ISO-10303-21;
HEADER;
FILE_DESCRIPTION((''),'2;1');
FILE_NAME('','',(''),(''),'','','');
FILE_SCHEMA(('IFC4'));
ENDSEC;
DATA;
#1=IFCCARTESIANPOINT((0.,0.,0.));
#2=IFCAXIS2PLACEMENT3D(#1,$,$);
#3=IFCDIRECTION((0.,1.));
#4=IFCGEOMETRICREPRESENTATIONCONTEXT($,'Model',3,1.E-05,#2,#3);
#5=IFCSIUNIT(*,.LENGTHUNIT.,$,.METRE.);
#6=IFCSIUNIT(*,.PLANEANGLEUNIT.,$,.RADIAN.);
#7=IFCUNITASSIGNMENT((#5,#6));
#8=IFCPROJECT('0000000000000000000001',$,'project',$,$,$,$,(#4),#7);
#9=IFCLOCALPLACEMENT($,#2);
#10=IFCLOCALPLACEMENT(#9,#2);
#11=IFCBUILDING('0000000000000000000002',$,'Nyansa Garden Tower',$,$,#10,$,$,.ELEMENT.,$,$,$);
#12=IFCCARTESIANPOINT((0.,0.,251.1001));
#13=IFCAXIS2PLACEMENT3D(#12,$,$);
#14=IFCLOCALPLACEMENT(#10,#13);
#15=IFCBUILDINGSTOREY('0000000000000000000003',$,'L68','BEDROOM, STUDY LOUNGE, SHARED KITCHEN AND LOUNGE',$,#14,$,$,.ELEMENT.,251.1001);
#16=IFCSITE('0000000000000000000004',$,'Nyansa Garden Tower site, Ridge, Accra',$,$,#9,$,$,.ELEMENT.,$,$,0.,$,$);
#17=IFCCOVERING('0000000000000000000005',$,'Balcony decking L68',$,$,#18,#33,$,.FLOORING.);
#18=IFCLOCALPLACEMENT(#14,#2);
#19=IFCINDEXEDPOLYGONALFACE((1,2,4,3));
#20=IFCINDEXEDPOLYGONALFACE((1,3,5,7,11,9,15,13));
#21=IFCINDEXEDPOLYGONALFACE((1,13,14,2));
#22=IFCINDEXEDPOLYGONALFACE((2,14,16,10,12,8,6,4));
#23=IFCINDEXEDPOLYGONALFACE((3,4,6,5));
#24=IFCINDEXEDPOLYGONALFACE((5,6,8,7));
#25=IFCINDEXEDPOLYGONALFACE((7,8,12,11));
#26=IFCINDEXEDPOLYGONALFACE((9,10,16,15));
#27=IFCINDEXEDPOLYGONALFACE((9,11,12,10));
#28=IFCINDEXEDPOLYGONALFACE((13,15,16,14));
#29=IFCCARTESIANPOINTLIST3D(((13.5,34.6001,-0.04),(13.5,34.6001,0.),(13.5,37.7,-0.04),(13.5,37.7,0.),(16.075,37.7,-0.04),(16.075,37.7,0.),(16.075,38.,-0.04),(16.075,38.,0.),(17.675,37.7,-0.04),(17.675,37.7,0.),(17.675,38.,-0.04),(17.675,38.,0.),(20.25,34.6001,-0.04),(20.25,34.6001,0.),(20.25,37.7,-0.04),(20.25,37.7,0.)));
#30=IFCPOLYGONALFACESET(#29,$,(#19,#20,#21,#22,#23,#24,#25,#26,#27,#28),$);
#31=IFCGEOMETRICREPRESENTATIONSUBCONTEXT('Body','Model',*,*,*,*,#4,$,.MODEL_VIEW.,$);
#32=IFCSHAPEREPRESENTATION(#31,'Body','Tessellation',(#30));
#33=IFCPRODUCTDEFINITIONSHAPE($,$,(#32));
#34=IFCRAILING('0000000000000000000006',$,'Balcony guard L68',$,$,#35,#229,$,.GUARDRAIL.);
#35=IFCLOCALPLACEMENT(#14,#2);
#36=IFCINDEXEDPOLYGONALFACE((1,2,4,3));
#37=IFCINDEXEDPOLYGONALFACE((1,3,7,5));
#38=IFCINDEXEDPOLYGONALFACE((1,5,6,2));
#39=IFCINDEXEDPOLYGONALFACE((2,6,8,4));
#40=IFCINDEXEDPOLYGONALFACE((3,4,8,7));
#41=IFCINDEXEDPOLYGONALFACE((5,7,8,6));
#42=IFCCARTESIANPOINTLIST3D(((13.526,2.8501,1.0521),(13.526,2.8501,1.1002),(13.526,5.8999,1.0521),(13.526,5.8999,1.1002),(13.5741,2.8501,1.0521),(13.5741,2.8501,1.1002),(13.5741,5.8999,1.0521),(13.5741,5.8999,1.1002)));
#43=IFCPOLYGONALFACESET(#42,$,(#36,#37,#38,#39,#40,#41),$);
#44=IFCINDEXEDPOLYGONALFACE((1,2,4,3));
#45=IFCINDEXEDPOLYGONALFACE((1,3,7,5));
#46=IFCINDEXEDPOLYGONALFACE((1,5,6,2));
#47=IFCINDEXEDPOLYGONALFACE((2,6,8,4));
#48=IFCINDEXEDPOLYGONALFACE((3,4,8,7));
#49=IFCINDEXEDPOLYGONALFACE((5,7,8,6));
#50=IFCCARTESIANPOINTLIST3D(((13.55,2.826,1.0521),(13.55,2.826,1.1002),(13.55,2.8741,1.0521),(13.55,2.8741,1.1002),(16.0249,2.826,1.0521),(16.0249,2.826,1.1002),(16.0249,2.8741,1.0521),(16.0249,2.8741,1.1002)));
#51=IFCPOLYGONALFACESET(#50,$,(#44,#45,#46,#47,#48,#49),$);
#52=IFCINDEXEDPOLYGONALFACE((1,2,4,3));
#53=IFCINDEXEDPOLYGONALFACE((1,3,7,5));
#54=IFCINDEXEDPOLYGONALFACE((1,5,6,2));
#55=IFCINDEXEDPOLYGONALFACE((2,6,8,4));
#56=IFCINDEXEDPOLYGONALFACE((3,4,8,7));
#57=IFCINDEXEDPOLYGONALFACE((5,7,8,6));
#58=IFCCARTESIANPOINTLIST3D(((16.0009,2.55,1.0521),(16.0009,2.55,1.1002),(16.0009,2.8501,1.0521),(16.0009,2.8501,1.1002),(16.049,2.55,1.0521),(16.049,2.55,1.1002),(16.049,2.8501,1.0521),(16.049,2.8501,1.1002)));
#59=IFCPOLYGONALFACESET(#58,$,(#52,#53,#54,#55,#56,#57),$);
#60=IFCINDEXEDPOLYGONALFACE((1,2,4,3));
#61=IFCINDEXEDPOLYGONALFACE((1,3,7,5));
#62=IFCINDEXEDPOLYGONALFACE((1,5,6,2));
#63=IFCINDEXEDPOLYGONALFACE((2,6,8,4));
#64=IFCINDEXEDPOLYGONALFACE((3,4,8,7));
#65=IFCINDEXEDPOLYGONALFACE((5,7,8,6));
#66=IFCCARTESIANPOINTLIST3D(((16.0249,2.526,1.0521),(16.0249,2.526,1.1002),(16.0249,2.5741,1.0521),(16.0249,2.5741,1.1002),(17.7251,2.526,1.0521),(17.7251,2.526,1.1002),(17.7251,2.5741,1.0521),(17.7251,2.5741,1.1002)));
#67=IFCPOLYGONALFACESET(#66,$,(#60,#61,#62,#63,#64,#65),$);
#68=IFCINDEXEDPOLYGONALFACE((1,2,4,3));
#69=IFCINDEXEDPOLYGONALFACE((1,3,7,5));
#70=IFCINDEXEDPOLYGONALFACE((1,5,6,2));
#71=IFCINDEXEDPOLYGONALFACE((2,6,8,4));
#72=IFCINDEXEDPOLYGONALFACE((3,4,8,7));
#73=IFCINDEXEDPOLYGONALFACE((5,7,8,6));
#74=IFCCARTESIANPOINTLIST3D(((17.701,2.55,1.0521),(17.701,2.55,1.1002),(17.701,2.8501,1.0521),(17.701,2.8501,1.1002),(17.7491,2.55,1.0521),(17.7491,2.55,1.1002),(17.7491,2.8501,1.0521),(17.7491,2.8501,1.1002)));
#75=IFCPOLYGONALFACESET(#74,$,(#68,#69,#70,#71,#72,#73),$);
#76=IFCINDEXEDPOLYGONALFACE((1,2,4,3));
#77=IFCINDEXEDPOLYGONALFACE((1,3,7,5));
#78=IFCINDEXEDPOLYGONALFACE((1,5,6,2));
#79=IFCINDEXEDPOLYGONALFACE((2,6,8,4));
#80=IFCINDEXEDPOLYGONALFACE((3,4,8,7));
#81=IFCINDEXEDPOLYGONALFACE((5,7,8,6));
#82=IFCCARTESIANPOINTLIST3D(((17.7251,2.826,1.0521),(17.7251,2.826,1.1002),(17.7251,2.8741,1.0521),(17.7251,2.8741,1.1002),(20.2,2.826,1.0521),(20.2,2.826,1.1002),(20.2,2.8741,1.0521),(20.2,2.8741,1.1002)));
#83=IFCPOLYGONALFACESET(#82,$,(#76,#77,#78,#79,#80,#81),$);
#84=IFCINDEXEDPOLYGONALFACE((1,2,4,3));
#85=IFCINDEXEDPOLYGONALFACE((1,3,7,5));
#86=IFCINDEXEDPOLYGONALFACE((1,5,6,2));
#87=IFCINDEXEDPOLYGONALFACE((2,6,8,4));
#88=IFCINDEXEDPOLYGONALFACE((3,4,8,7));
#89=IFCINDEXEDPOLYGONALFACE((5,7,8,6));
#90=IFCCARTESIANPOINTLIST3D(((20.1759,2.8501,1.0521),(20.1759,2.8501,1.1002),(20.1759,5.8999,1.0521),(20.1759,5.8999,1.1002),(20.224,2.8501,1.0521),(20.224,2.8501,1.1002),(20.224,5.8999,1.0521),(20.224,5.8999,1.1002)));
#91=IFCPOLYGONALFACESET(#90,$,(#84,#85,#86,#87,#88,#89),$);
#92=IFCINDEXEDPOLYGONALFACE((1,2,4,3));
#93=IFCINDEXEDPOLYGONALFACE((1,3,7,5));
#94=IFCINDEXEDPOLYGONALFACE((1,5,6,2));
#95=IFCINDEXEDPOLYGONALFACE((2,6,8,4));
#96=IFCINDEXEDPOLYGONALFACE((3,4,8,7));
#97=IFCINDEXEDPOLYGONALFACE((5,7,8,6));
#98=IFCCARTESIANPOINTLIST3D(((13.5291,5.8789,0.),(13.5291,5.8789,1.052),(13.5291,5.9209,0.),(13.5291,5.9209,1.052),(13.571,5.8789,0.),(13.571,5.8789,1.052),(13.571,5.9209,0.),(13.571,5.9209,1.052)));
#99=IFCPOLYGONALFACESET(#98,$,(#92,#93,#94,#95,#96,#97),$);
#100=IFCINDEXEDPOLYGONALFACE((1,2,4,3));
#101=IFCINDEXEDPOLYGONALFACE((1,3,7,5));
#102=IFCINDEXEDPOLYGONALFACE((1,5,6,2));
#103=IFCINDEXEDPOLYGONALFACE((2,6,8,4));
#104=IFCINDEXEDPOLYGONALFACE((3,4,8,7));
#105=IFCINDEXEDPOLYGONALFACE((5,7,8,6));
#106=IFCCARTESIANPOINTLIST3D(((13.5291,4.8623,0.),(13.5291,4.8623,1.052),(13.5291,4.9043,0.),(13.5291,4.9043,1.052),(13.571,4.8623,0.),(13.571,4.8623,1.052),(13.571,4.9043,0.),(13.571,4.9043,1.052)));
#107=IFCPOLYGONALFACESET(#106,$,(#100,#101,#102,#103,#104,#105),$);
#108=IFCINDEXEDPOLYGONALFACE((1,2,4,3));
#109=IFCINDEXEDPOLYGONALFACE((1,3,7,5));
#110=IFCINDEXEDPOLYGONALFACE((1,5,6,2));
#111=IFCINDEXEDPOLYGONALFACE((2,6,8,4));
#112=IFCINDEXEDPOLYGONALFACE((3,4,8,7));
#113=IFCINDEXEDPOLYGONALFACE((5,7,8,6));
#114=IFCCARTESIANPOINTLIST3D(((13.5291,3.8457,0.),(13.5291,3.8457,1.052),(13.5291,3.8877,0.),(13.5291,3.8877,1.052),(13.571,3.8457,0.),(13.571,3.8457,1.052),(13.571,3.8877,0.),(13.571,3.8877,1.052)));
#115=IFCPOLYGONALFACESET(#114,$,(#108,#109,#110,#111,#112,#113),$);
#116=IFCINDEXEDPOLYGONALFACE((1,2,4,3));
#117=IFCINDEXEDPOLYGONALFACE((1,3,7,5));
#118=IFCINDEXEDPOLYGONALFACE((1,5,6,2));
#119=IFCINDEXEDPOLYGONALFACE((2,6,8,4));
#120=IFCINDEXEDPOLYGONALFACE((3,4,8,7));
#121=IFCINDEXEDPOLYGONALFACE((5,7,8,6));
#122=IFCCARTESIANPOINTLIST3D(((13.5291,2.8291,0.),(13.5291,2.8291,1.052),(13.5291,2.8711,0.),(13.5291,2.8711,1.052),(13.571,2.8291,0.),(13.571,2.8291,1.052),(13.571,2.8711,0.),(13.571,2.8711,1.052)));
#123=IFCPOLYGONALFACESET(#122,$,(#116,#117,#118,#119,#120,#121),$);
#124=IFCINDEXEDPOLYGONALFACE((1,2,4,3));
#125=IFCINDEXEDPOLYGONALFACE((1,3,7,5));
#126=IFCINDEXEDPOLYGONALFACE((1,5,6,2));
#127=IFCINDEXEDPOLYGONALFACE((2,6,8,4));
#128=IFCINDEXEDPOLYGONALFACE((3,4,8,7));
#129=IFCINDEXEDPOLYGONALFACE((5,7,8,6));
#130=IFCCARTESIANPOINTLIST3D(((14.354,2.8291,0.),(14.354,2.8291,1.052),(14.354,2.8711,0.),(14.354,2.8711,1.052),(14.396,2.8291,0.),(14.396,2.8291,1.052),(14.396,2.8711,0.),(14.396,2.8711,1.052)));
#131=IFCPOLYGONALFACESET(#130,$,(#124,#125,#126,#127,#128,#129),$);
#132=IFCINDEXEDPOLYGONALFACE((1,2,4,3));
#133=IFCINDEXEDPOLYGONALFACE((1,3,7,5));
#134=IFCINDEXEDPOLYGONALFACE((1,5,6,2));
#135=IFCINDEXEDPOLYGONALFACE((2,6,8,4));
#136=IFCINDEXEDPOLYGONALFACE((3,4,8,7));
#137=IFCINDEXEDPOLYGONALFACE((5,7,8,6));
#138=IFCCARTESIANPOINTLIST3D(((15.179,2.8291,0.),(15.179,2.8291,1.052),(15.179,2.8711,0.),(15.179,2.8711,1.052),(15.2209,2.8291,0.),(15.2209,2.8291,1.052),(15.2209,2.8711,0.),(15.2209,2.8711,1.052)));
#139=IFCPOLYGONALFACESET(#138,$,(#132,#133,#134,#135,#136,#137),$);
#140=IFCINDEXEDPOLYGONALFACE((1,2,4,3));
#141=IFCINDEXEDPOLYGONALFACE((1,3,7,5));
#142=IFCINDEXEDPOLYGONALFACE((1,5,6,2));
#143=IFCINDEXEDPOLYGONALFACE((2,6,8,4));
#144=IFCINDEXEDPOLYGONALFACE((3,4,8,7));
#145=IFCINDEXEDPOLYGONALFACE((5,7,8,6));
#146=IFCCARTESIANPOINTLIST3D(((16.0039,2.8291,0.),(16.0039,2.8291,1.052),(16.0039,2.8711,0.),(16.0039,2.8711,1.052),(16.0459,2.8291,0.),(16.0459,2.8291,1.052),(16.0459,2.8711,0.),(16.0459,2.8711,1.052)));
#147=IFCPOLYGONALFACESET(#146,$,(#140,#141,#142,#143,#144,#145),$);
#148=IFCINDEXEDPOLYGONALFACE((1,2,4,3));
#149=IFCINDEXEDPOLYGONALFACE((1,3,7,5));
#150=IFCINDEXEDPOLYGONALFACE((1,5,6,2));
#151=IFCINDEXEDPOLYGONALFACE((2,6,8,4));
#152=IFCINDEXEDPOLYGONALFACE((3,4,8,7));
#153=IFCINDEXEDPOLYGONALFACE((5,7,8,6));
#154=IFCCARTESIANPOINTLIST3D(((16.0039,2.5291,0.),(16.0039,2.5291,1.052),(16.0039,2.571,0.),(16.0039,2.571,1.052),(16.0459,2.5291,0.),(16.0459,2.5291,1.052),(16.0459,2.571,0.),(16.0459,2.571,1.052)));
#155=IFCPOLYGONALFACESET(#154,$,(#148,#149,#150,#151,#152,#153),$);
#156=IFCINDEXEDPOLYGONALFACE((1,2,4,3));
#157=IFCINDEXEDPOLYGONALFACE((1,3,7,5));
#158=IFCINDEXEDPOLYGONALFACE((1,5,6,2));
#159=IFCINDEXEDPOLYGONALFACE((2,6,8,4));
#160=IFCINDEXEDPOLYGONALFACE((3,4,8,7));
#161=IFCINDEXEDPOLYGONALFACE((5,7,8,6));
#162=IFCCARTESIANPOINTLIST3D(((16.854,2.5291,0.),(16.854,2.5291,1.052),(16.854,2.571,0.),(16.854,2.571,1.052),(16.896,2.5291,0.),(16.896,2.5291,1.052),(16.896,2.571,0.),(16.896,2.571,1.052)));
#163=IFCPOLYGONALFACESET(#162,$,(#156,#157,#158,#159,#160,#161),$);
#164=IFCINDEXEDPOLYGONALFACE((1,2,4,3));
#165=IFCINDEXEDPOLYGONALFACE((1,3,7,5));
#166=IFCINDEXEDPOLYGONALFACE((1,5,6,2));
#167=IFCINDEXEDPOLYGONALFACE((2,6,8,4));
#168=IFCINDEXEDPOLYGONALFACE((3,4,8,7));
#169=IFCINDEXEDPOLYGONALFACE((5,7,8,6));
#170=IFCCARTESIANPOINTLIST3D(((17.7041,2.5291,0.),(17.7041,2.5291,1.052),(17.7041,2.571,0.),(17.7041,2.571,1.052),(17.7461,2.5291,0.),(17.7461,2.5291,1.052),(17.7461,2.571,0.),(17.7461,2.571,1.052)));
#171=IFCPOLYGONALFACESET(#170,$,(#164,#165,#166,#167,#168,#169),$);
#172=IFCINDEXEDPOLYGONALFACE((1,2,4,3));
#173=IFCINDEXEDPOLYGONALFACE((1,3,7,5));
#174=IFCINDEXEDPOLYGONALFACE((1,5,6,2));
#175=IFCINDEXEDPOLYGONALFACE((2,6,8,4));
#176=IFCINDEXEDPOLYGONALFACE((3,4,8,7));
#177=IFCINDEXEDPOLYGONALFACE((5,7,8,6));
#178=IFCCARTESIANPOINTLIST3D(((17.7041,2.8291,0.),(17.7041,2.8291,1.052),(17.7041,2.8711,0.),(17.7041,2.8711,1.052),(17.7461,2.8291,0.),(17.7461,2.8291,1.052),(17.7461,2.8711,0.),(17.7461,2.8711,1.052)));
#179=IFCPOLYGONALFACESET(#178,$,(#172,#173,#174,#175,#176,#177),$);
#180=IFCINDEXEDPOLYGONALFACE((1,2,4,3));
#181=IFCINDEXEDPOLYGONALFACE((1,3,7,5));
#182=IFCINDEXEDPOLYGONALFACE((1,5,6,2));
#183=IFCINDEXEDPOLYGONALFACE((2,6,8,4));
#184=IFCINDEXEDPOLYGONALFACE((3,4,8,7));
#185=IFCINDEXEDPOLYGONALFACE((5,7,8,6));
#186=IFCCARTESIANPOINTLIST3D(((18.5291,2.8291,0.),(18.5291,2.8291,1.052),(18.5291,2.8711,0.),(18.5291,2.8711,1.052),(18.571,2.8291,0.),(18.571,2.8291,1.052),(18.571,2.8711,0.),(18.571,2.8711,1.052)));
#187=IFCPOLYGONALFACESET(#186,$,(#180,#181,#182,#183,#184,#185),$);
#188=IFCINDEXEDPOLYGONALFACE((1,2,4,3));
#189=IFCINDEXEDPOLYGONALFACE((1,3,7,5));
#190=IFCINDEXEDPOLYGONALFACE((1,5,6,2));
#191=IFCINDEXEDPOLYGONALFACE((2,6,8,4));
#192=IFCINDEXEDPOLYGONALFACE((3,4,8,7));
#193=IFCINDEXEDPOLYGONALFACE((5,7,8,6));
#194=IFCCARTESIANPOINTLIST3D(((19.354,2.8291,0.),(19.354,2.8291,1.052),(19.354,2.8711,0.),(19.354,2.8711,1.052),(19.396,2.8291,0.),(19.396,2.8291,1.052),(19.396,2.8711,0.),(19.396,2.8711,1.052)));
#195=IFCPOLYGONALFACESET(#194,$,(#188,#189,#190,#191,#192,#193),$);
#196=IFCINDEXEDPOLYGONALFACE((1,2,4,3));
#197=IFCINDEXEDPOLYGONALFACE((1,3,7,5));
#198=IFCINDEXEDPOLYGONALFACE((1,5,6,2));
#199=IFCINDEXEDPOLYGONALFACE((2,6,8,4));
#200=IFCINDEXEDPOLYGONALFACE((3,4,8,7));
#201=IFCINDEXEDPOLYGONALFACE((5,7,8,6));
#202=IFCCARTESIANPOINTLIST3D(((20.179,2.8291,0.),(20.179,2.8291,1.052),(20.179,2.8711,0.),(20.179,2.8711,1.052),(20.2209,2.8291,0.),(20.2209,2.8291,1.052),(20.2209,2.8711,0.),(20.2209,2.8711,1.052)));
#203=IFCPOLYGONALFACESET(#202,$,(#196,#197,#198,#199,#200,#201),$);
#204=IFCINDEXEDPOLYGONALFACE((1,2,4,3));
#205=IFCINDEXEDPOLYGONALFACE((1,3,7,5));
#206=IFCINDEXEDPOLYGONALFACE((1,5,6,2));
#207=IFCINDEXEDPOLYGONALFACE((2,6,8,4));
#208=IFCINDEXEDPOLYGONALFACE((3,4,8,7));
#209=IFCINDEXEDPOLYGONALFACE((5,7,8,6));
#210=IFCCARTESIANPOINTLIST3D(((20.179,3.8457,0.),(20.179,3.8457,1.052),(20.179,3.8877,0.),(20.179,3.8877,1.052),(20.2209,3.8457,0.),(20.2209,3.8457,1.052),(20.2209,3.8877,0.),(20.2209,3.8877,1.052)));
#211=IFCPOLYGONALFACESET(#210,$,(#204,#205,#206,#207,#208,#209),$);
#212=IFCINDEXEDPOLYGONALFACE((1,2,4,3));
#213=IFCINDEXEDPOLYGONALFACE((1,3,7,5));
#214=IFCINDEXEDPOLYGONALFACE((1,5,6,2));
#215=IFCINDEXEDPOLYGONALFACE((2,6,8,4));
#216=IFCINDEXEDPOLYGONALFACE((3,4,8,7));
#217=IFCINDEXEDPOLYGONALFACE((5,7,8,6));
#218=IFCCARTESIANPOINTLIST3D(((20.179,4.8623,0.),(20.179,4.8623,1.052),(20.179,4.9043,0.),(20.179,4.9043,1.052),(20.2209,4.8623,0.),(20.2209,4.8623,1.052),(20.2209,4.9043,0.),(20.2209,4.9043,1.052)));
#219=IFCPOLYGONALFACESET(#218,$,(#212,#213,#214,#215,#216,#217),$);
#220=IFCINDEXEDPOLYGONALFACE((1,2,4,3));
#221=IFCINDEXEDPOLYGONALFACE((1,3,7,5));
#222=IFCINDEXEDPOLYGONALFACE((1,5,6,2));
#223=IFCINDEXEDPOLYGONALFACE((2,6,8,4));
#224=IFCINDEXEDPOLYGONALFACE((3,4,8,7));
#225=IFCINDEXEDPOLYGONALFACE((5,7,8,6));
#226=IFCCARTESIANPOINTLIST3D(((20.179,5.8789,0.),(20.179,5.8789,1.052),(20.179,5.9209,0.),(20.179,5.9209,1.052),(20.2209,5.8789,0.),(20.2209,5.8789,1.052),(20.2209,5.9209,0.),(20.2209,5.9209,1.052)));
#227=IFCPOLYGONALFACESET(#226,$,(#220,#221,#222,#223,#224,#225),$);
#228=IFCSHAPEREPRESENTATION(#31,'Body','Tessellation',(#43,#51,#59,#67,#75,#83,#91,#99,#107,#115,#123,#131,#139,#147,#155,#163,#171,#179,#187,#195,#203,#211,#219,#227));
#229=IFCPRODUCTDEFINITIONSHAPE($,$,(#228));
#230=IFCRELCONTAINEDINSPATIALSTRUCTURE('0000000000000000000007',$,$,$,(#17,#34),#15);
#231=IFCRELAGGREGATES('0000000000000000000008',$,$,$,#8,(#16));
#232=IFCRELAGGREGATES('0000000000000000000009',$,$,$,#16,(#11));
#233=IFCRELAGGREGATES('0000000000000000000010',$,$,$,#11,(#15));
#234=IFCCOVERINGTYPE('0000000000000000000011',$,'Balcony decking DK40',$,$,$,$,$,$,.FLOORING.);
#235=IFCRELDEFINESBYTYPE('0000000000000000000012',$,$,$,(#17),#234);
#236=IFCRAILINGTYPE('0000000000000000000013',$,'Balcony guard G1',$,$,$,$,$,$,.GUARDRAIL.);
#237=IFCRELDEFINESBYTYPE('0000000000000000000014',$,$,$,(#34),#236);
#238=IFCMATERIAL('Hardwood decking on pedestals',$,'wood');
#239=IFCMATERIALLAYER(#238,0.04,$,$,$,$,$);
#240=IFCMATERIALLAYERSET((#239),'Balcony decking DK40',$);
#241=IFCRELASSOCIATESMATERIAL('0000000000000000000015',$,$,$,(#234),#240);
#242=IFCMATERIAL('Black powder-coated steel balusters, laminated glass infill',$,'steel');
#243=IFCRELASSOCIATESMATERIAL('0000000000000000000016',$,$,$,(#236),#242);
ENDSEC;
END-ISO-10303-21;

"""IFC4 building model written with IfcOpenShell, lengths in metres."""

from ifc_helpers import new_model, si_unit, direction, frame, origin, origin_2d, place, context, subcontext, project, spatial, polyline, rectangle, outline, extrude, material, layer, layer_set, type_object, element, save


model = new_model("IFC4")

# Units and contexts
model_context = context("Model", 3, precision=1e-05, world=origin(), true_north=direction((0.0, 1.0)))
body_context = subcontext(model_context, "Body", "Model", "MODEL_VIEW")
ifc_project = project(units=[si_unit("LENGTHUNIT", "METRE"), si_unit("PLANEANGLEUNIT", "RADIAN")], contexts=[model_context])

# Site, building, storey
site_placement = place(None, origin())
site = spatial("IfcSite", under=ifc_project, at=site_placement, Name="Nyansa Garden Tower site, Ridge, Accra", CompositionType="ELEMENT", RefElevation=0.0)
building_placement = place(site_placement, origin())
building = spatial("IfcBuilding", under=site, at=building_placement, Name="Nyansa Garden Tower", CompositionType="ELEMENT")
storey_placement = place(building_placement, frame((0.0, 0.0, 251.1001)))
storey = spatial("IfcBuildingStorey", under=building, at=storey_placement, Name="L68", Description="BEDROOM, STUDY LOUNGE, SHARED KITCHEN AND LOUNGE", CompositionType="ELEMENT", Elevation=251.1001)

# Covering
ifc_material_1 = material(Name="Hardwood decking on pedestals", Category="wood")
ifc_layer_1 = layer(ifc_material_1, 0.04)
ifc_layer_set_1 = layer_set([ifc_layer_1], Name="Balcony decking DK40")
covering_type_1 = type_object("IfcCoveringType", Name="Balcony decking DK40", PredefinedType="FLOORING", material=ifc_layer_set_1)
covering_1_placement = place(storey_placement, frame((0.0, 0.0, -0.04)))
element("IfcCovering", 1, at=covering_1_placement, inside=storey, type_object=covering_type_1, Name="Balcony decking L68", PredefinedType="FLOORING", context=body_context, shape_type="SweptSolid", body=[
    extrude(outline(polyline([(13.5, 34.6001), (20.25, 34.6001), (20.25, 37.7), (17.675, 37.7), (17.675, 38.0), (16.075, 38.0), (16.075, 37.7), (13.5, 37.7), (13.5, 34.6001)])), origin(), (0.0, 0.0, 1.0), 0.04),
])

# Railing
ifc_material_2 = material(Name="Black powder-coated steel balusters, laminated glass infill", Category="steel")
railing_type = type_object("IfcRailingType", Name="Balcony guard G1", PredefinedType="GUARDRAIL", material=ifc_material_2)
railing_placement = place(storey_placement, frame((13.55, 5.8999, 0.0)))
element("IfcRailing", 2, at=railing_placement, inside=storey, type_object=railing_type, Name="Balcony guard L68", PredefinedType="GUARDRAIL", context=body_context, shape_type="SweptSolid", body=[
    extrude(rectangle(XDim=0.0481, YDim=0.0481, at=origin_2d()), frame((0.0, 0.0, 1.0762), z_axis=(0.0, -1.0, 0.0), x_axis=(1.0, 0.0, 0.0)), (0.0, 0.0, 1.0), 3.0498),
    extrude(rectangle(XDim=0.0481, YDim=0.0481, at=origin_2d()), frame((0.0, -3.0498, 1.0762), z_axis=(1.0, 0.0, 0.0), x_axis=(0.0, 1.0, 0.0)), (0.0, 0.0, 1.0), 2.4749),
    extrude(rectangle(XDim=0.0481, YDim=0.0481, at=origin_2d()), frame((2.4749, -3.0498, 1.0762), z_axis=(0.0, -1.0, 0.0), x_axis=(1.0, 0.0, 0.0)), (0.0, 0.0, 1.0), 0.3),
    extrude(rectangle(XDim=0.0481, YDim=0.0481, at=origin_2d()), frame((2.4749, -3.3499, 1.0762), z_axis=(1.0, 0.0, 0.0), x_axis=(0.0, 1.0, 0.0)), (0.0, 0.0, 1.0), 1.7002),
    extrude(rectangle(XDim=0.0481, YDim=0.0481, at=origin_2d()), frame((4.175, -3.3499, 1.0762), z_axis=(0.0, 1.0, 0.0), x_axis=(-1.0, 0.0, 0.0)), (0.0, 0.0, 1.0), 0.3),
    extrude(rectangle(XDim=0.0481, YDim=0.0481, at=origin_2d()), frame((4.175, -3.0498, 1.0762), z_axis=(1.0, 0.0, 0.0), x_axis=(0.0, 1.0, 0.0)), (0.0, 0.0, 1.0), 2.4749),
    extrude(rectangle(XDim=0.0481, YDim=0.0481, at=origin_2d()), frame((6.6499, -3.0498, 1.0762), z_axis=(0.0, 1.0, 0.0), x_axis=(-1.0, 0.0, 0.0)), (0.0, 0.0, 1.0), 3.0498),
    extrude(rectangle(XDim=0.042, YDim=0.042, at=origin_2d()), origin(), (0.0, 0.0, 1.0), 1.052),
    extrude(rectangle(XDim=0.042, YDim=0.042, at=origin_2d()), frame((0.0, -1.0166, 0.0)), (0.0, 0.0, 1.0), 1.052),
    extrude(rectangle(XDim=0.042, YDim=0.042, at=origin_2d()), frame((0.0, -2.0332, 0.0)), (0.0, 0.0, 1.0), 1.052),
    extrude(rectangle(XDim=0.042, YDim=0.042, at=origin_2d()), frame((0.0, -3.0498, 0.0)), (0.0, 0.0, 1.0), 1.052),
    extrude(rectangle(XDim=0.042, YDim=0.042, at=origin_2d()), frame((0.825, -3.0498, 0.0)), (0.0, 0.0, 1.0), 1.052),
    extrude(rectangle(XDim=0.042, YDim=0.042, at=origin_2d()), frame((1.6499, -3.0498, 0.0)), (0.0, 0.0, 1.0), 1.052),
    extrude(rectangle(XDim=0.042, YDim=0.042, at=origin_2d()), frame((2.4749, -3.0498, 0.0)), (0.0, 0.0, 1.0), 1.052),
    extrude(rectangle(XDim=0.042, YDim=0.042, at=origin_2d()), frame((2.4749, -3.3499, 0.0)), (0.0, 0.0, 1.0), 1.052),
    extrude(rectangle(XDim=0.042, YDim=0.042, at=origin_2d()), frame((3.325, -3.3499, 0.0)), (0.0, 0.0, 1.0), 1.052),
    extrude(rectangle(XDim=0.042, YDim=0.042, at=origin_2d()), frame((4.175, -3.3499, 0.0)), (0.0, 0.0, 1.0), 1.052),
    extrude(rectangle(XDim=0.042, YDim=0.042, at=origin_2d()), frame((4.175, -3.0498, 0.0)), (0.0, 0.0, 1.0), 1.052),
    extrude(rectangle(XDim=0.042, YDim=0.042, at=origin_2d()), frame((5.0, -3.0498, 0.0)), (0.0, 0.0, 1.0), 1.052),
    extrude(rectangle(XDim=0.042, YDim=0.042, at=origin_2d()), frame((5.825, -3.0498, 0.0)), (0.0, 0.0, 1.0), 1.052),
    extrude(rectangle(XDim=0.042, YDim=0.042, at=origin_2d()), frame((6.6499, -3.0498, 0.0)), (0.0, 0.0, 1.0), 1.052),
    extrude(rectangle(XDim=0.042, YDim=0.042, at=origin_2d()), frame((6.6499, -2.0332, 0.0)), (0.0, 0.0, 1.0), 1.052),
    extrude(rectangle(XDim=0.042, YDim=0.042, at=origin_2d()), frame((6.6499, -1.0166, 0.0)), (0.0, 0.0, 1.0), 1.052),
    extrude(rectangle(XDim=0.042, YDim=0.042, at=origin_2d()), frame((6.6499, 0.0, 0.0)), (0.0, 0.0, 1.0), 1.052),
])

save(model, "model.ifc")
